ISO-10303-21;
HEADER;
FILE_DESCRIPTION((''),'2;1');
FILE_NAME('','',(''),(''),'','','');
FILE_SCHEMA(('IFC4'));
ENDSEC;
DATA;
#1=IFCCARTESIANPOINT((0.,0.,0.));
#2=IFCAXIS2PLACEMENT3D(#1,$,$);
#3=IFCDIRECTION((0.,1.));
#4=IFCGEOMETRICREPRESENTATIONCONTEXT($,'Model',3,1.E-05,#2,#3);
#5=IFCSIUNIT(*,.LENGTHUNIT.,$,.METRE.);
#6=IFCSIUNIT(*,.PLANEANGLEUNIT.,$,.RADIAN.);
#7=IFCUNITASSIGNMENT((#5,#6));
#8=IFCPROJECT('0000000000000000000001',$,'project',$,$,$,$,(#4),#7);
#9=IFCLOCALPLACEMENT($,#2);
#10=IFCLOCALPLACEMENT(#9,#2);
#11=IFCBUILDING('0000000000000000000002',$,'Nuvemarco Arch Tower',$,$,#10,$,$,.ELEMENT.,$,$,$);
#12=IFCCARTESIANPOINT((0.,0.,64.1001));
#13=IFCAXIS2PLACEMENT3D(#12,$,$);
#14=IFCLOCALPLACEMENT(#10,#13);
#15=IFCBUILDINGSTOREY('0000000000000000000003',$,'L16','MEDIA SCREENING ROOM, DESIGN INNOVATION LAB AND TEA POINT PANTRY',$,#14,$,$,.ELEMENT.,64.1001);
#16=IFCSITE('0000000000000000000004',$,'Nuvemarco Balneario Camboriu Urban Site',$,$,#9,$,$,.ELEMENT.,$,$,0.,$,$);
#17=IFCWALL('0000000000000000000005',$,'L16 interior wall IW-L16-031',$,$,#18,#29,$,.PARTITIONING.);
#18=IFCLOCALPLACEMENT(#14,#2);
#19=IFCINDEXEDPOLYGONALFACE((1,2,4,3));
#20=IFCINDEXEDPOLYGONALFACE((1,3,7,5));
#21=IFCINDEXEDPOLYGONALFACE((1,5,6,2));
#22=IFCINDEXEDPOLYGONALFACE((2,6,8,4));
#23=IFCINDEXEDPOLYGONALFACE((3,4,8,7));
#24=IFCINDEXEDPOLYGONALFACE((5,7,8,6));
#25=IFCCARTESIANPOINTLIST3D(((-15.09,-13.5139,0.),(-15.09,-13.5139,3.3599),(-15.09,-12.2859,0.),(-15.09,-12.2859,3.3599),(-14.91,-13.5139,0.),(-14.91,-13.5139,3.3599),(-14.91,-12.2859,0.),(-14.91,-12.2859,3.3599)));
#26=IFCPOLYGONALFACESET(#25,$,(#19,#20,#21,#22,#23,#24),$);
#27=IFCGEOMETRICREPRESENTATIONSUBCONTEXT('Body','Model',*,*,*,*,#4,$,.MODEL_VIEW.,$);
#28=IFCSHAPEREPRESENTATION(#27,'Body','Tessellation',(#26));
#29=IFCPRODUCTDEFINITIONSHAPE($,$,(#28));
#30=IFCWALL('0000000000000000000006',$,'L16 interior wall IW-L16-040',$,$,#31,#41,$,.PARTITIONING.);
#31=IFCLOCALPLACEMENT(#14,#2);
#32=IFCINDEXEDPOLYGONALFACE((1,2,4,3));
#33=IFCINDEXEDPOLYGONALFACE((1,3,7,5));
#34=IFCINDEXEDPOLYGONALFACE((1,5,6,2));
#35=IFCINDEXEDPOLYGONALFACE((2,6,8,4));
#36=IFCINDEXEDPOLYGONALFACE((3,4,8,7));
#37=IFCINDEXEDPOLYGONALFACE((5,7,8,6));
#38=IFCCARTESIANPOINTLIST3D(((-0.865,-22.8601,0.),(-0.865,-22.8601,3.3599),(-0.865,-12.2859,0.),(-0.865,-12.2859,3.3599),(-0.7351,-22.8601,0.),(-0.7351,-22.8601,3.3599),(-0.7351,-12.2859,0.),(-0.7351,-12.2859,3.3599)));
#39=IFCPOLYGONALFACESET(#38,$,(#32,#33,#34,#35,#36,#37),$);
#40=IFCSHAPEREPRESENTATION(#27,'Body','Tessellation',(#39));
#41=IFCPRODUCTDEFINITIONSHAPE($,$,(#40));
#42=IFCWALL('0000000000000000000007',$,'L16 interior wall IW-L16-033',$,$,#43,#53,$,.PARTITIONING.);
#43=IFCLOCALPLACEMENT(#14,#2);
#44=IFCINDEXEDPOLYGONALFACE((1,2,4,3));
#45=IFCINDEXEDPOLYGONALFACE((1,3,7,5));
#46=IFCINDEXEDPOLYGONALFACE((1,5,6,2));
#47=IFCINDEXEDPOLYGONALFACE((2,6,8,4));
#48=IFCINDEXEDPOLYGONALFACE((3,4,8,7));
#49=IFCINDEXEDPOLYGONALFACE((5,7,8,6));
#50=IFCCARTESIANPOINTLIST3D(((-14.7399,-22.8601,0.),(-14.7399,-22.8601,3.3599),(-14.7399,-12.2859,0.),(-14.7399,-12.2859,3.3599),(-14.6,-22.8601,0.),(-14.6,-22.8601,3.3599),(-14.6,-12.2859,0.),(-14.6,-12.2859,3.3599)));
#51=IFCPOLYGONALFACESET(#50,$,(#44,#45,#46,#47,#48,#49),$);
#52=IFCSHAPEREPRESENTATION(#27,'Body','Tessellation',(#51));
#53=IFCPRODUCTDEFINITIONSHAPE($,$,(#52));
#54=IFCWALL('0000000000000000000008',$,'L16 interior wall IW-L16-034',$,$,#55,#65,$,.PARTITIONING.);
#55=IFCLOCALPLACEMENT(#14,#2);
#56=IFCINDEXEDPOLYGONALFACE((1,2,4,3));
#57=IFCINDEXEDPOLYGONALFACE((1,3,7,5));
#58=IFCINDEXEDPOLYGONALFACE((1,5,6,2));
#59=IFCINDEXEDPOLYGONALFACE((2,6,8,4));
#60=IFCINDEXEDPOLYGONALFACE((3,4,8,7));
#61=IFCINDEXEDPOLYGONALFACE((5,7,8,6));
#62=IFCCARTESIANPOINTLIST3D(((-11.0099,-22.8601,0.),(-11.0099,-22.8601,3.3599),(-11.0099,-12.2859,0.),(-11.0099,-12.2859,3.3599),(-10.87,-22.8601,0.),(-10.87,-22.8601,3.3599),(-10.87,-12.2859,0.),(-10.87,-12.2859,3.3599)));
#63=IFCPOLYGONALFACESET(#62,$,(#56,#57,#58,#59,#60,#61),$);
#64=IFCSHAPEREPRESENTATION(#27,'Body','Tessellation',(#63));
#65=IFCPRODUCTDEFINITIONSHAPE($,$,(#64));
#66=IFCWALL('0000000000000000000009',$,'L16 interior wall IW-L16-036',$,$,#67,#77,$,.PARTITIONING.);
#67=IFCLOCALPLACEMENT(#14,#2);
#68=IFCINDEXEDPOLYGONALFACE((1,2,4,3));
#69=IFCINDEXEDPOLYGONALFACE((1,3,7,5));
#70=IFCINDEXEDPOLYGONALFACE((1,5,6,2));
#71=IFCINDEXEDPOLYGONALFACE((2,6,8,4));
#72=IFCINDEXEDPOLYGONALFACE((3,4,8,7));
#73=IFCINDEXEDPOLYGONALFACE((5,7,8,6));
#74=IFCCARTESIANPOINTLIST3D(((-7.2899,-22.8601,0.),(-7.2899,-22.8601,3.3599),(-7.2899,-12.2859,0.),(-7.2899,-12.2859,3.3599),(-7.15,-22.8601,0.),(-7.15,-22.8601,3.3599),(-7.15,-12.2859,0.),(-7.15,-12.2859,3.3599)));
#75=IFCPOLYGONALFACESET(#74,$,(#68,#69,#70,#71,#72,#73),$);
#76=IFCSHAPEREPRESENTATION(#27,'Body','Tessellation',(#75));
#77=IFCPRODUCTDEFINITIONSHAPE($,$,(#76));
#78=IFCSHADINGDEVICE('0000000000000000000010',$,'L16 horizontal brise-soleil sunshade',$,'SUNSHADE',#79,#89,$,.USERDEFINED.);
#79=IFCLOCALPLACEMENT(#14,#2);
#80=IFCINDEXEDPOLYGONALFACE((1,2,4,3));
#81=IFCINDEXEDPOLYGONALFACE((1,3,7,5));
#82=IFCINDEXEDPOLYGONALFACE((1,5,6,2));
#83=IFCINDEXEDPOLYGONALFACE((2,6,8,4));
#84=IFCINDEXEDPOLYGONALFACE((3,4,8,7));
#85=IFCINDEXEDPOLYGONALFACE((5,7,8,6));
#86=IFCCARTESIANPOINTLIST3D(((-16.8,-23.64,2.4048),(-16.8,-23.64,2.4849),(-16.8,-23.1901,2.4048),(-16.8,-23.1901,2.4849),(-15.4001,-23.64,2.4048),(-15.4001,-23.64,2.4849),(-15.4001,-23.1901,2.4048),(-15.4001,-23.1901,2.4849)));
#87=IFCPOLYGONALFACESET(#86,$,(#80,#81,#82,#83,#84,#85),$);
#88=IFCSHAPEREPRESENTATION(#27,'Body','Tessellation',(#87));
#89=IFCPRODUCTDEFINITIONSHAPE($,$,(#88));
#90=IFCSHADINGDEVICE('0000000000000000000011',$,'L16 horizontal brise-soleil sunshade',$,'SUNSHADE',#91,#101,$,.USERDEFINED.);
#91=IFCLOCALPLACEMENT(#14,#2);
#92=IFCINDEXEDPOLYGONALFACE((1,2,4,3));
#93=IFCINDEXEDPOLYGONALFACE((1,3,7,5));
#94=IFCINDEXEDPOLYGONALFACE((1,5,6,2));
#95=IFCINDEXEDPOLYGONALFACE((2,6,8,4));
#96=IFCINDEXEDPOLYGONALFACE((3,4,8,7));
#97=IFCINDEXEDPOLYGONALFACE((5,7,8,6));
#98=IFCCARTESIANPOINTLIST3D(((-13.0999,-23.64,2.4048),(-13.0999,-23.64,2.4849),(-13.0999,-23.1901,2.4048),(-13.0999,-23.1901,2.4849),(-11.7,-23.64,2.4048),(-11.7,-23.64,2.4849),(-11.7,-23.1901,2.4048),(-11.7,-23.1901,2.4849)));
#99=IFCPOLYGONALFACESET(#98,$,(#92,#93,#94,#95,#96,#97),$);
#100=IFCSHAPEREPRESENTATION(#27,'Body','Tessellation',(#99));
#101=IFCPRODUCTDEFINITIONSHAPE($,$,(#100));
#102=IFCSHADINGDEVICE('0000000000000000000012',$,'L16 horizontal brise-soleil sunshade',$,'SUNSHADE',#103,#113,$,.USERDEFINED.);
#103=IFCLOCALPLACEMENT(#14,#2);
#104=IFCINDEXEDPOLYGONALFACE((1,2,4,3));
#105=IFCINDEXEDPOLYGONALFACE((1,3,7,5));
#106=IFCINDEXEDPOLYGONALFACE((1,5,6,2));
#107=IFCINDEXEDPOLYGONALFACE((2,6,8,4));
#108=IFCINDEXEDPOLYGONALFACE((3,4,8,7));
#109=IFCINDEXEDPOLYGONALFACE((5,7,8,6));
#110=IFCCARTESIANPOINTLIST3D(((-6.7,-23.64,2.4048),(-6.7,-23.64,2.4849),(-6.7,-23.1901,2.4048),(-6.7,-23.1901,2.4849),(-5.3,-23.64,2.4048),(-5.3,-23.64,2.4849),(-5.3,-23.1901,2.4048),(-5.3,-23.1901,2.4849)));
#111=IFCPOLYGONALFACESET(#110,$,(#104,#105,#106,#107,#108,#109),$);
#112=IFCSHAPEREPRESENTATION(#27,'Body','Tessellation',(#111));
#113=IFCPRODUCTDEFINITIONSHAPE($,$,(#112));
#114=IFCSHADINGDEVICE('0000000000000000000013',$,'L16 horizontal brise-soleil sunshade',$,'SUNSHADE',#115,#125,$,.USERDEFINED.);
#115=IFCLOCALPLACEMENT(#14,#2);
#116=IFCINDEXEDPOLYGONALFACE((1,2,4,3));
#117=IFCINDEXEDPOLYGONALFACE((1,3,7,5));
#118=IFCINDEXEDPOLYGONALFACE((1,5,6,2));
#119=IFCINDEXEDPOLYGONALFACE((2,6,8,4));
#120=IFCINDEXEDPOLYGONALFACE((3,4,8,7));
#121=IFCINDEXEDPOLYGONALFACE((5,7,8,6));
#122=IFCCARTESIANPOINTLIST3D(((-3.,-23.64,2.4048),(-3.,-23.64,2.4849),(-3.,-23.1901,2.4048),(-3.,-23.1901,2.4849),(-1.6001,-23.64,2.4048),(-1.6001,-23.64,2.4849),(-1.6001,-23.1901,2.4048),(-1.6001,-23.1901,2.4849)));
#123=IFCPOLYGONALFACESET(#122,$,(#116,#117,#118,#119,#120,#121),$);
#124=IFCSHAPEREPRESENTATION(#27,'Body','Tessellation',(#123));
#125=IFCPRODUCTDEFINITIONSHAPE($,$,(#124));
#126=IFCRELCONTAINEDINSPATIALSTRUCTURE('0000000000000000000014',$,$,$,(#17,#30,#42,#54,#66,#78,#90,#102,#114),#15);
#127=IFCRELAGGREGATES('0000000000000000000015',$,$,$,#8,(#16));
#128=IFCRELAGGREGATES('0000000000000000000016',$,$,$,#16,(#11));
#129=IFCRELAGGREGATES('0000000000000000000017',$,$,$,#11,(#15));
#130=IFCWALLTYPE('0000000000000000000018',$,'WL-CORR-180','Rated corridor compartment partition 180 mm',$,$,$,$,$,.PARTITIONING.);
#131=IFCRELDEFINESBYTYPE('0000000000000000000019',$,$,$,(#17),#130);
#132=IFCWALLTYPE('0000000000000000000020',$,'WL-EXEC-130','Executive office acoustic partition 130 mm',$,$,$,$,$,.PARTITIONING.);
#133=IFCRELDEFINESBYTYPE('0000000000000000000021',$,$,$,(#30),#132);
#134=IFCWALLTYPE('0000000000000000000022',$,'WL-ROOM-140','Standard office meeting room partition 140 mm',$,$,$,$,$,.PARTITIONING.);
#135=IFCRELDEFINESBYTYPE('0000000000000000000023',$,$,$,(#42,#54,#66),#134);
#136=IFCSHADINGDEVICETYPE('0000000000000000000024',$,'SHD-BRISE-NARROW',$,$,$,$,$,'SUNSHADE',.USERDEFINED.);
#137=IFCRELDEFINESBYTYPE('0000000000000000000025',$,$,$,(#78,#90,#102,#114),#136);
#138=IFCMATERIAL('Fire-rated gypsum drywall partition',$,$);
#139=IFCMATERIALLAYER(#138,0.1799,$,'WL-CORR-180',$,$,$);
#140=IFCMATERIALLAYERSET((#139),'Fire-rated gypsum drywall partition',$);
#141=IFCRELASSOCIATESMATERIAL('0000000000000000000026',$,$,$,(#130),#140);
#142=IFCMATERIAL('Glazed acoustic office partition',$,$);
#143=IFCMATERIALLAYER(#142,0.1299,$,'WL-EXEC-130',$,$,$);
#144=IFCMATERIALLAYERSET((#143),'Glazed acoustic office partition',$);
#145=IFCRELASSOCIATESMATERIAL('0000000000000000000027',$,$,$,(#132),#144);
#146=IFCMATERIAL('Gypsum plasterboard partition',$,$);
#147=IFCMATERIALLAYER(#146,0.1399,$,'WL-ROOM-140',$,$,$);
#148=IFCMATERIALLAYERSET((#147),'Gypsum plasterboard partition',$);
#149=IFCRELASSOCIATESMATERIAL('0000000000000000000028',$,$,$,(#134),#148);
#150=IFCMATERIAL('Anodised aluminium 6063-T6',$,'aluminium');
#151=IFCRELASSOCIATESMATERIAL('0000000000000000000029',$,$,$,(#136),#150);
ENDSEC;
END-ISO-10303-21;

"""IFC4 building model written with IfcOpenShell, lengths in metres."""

from ifc_helpers import new_model, si_unit, direction, frame, frame_2d, origin, origin_2d, place, context, subcontext, project, spatial, rectangle, extrude, source, transform, mapped, material, layer, layer_set, type_object, type_shapes, element, save


model = new_model("IFC4")

# Units and contexts
model_context = context("Model", 3, precision=1e-05, world=origin(), true_north=direction((0.0, 1.0)))
body_context = subcontext(model_context, "Body", "Model", "MODEL_VIEW")
ifc_project = project(units=[si_unit("LENGTHUNIT", "METRE"), si_unit("PLANEANGLEUNIT", "RADIAN")], contexts=[model_context])

# Site, building, storey
site_placement = place(None, origin())
site = spatial("IfcSite", under=ifc_project, at=site_placement, Name="Nuvemarco Balneario Camboriu Urban Site", CompositionType="ELEMENT", RefElevation=0.0)
building_placement = place(site_placement, origin())
building = spatial("IfcBuilding", under=site, at=building_placement, Name="Nuvemarco Arch Tower", CompositionType="ELEMENT")
storey_placement = place(building_placement, frame((0.0, 0.0, 64.1001)))
storey = spatial("IfcBuildingStorey", under=building, at=storey_placement, Name="L16", Description="MEDIA SCREENING ROOM, DESIGN INNOVATION LAB AND TEA POINT PANTRY", CompositionType="ELEMENT", Elevation=64.1001)

# Shared definitions
ifc_material_1 = material(Name="Fire-rated gypsum drywall partition")
ifc_layer_1 = layer(ifc_material_1, 0.1799, Name="WL-CORR-180")
ifc_layer_set_1 = layer_set([ifc_layer_1], Name="Fire-rated gypsum drywall partition")
wall_type_1 = type_object("IfcWallType", Name="WL-CORR-180", Description="Rated corridor compartment partition 180 mm", PredefinedType="PARTITIONING", material=ifc_layer_set_1)

# Walls
wall_1_placement = place(storey_placement, frame((-15.0, -13.5139, 0.0), z_axis=(0.0, 0.0, 1.0), x_axis=(0.0, 1.0, 0.0)))
element("IfcWall", 1, at=wall_1_placement, inside=storey, type_object=wall_type_1, Name="L16 interior wall IW-L16-031", PredefinedType="PARTITIONING", context=body_context, shape_type="SweptSolid", body=[
    extrude(rectangle(XDim=1.228, YDim=0.1799, at=frame_2d((0.614, 0.0))), origin(), (0.0, 0.0, 1.0), 3.3599),
])
ifc_material_2 = material(Name="Glazed acoustic office partition")
ifc_layer_2 = layer(ifc_material_2, 0.1299, Name="WL-EXEC-130")
ifc_layer_set_2 = layer_set([ifc_layer_2], Name="Glazed acoustic office partition")
wall_type_2 = type_object("IfcWallType", Name="WL-EXEC-130", Description="Executive office acoustic partition 130 mm", PredefinedType="PARTITIONING", material=ifc_layer_set_2)
wall_2_placement = place(storey_placement, frame((-0.8, -22.8601, 0.0), z_axis=(0.0, 0.0, 1.0), x_axis=(0.0, 1.0, 0.0)))
element("IfcWall", 2, at=wall_2_placement, inside=storey, type_object=wall_type_2, Name="L16 interior wall IW-L16-040", PredefinedType="PARTITIONING", context=body_context, shape_type="SweptSolid", body=[
    extrude(rectangle(XDim=10.5742, YDim=0.1299, at=frame_2d((5.2871, 0.0))), origin(), (0.0, 0.0, 1.0), 3.3599),
])
ifc_material_3 = material(Name="Gypsum plasterboard partition")
ifc_layer_3 = layer(ifc_material_3, 0.1399, Name="WL-ROOM-140")
ifc_layer_set_3 = layer_set([ifc_layer_3], Name="Gypsum plasterboard partition")
wall_type_3 = type_object("IfcWallType", Name="WL-ROOM-140", Description="Standard office meeting room partition 140 mm", PredefinedType="PARTITIONING", material=ifc_layer_set_3)
for number, where, z_axis, x_axis, name in (
    (3, (-14.6699, -22.8601, 0.0), (0.0, 0.0, 1.0), (0.0, 1.0, 0.0), "L16 interior wall IW-L16-033"),
    (4, (-10.9399, -22.8601, 0.0), (0.0, 0.0, 1.0), (0.0, 1.0, 0.0), "L16 interior wall IW-L16-034"),
    (5, (-7.22, -22.8601, 0.0), (0.0, 0.0, 1.0), (0.0, 1.0, 0.0), "L16 interior wall IW-L16-036"),
):
    element("IfcWall", number, at=place(storey_placement, frame(where, z_axis=z_axis, x_axis=x_axis)), inside=storey, type_object=wall_type_3, Name=name, PredefinedType="PARTITIONING", context=body_context, shape_type="SweptSolid", body=[
        extrude(rectangle(XDim=10.5742, YDim=0.1399, at=frame_2d((5.2871, 0.0))), origin(), (0.0, 0.0, 1.0), 3.3599),
    ])

# Shading devices
ifc_material_4 = material(Name="Anodised aluminium 6063-T6", Category="aluminium")
shading_device_type = type_object("IfcShadingDeviceType", Name="SHD-BRISE-NARROW", ElementType="SUNSHADE", PredefinedType="USERDEFINED", material=ifc_material_4)
shared_shape_1 = source(origin(), body_context, "Body", "SweptSolid", [
    extrude(rectangle(XDim=1.3999, YDim=0.45, at=origin_2d()), origin(), (0.0, 0.0, 1.0), 0.0801),
])
type_shapes(shading_device_type, [shared_shape_1])
for number, where, z_axis, x_axis, name in (
    (6, (-16.1001, -23.415, 2.4048), (0.0, 0.0, 1.0), (1.0, 0.0, 0.0), "L16 horizontal brise-soleil sunshade"),
    (7, (-12.3999, -23.415, 2.4048), (0.0, 0.0, 1.0), (1.0, 0.0, 0.0), "L16 horizontal brise-soleil sunshade"),
    (8, (-6.0, -23.415, 2.4048), (0.0, 0.0, 1.0), (1.0, 0.0, 0.0), "L16 horizontal brise-soleil sunshade"),
    (9, (-2.3, -23.415, 2.4048), (0.0, 0.0, 1.0), (1.0, 0.0, 0.0), "L16 horizontal brise-soleil sunshade"),
):
    element("IfcShadingDevice", number, at=place(storey_placement, frame(where, z_axis=z_axis, x_axis=x_axis)), inside=storey, type_object=shading_device_type, Name=name, ObjectType="SUNSHADE", PredefinedType="USERDEFINED", context=body_context, shape_type="MappedRepresentation", body=[
        mapped(shared_shape_1, transform((0.0, 0.0, 0.0), scale=1.0)),
    ])

save(model, "model.ifc")
